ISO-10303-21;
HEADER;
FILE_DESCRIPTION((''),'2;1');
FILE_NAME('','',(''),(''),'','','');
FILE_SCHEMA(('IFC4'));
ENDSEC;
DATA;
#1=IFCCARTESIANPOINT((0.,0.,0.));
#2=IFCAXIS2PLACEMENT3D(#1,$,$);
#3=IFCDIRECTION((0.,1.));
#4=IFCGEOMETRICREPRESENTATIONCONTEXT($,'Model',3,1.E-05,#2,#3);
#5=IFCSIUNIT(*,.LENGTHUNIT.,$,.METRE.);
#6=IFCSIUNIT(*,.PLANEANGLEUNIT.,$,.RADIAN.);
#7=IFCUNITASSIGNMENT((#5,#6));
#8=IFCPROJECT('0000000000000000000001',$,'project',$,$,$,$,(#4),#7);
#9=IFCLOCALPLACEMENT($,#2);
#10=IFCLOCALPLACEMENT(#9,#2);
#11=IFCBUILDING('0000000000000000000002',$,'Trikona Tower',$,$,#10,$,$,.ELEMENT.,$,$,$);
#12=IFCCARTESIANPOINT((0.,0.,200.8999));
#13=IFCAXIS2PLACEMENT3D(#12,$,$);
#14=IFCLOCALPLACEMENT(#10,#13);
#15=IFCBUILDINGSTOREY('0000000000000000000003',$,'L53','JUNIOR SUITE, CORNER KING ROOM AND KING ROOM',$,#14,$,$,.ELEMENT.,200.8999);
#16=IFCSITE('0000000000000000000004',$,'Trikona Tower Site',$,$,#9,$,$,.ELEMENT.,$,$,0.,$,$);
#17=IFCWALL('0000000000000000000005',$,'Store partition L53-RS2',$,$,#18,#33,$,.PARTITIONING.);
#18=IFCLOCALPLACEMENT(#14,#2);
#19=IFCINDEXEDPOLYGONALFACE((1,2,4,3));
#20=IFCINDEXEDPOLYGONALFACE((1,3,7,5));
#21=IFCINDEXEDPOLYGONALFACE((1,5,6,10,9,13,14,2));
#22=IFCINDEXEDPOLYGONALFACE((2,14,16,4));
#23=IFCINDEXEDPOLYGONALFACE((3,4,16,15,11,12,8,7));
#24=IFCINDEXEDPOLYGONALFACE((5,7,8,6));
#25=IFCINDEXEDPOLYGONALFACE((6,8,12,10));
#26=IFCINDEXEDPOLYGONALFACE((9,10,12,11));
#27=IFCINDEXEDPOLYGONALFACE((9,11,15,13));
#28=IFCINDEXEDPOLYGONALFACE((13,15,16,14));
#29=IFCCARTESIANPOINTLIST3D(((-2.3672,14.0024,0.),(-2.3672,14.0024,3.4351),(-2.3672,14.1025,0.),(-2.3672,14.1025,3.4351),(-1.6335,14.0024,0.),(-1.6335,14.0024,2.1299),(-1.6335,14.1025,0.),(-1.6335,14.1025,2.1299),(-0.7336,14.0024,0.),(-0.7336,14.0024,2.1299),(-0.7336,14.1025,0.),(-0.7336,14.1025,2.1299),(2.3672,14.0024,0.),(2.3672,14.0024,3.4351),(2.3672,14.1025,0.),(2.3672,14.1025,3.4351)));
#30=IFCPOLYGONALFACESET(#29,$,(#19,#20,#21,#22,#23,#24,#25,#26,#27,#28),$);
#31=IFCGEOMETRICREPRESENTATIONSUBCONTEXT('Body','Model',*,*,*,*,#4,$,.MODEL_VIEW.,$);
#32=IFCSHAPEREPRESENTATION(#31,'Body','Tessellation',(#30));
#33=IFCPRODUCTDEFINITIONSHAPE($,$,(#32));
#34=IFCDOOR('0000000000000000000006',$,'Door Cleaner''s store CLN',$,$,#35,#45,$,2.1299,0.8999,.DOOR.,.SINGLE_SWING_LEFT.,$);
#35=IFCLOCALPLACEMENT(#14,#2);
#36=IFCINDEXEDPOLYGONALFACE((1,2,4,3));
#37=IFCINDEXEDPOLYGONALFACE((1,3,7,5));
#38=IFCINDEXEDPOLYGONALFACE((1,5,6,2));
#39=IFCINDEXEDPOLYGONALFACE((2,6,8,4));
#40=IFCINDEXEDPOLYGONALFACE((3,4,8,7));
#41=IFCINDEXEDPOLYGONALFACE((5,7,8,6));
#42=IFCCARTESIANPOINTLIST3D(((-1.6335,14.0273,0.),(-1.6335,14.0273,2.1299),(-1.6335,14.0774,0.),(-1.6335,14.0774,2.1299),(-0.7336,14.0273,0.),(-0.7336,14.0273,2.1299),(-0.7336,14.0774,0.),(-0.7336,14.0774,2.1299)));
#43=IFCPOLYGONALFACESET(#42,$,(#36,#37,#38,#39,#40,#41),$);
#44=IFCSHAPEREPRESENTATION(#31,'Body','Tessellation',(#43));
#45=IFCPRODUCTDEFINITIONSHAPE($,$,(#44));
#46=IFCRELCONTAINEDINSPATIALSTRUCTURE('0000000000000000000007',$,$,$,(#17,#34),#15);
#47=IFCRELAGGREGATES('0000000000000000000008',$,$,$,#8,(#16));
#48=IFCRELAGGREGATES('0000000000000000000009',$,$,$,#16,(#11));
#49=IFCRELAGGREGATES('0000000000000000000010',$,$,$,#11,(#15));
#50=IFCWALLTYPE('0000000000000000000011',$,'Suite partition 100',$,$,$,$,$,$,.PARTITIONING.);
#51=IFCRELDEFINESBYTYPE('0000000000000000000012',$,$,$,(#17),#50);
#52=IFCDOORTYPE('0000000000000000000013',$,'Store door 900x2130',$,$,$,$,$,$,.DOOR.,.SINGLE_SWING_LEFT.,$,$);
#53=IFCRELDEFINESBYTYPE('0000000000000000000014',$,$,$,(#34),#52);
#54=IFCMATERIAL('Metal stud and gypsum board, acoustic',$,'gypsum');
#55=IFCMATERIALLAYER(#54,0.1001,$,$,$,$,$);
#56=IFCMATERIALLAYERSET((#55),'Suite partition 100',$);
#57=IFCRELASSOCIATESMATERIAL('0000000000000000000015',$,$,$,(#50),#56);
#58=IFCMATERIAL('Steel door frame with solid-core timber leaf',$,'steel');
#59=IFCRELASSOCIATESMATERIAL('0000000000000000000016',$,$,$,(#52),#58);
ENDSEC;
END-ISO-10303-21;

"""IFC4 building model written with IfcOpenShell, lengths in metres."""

from ifc_helpers import new_model, si_unit, direction, frame, frame_2d, origin, place, context, subcontext, project, spatial, rectangle, extrude, material, layer, layer_set, type_object, element, fill, save


model = new_model("IFC4")

# Units and contexts
model_context = context("Model", 3, precision=1e-05, world=origin(), true_north=direction((0.0, 1.0)))
body_context = subcontext(model_context, "Body", "Model", "MODEL_VIEW")
ifc_project = project(units=[si_unit("LENGTHUNIT", "METRE"), si_unit("PLANEANGLEUNIT", "RADIAN")], contexts=[model_context])

# Site, building, storey
site_placement = place(None, origin())
site = spatial("IfcSite", under=ifc_project, at=site_placement, Name="Trikona Tower Site", CompositionType="ELEMENT", RefElevation=0.0)
building_placement = place(site_placement, origin())
building = spatial("IfcBuilding", under=site, at=building_placement, Name="Trikona Tower", CompositionType="ELEMENT")
storey_placement = place(building_placement, frame((0.0, 0.0, 200.8999)))
storey = spatial("IfcBuildingStorey", under=building, at=storey_placement, Name="L53", Description="JUNIOR SUITE, CORNER KING ROOM AND KING ROOM", CompositionType="ELEMENT", Elevation=200.8999)

# Wall, opening, door
ifc_material_1 = material(Name="Metal stud and gypsum board, acoustic", Category="gypsum")
ifc_layer_1 = layer(ifc_material_1, 0.1001)
ifc_layer_set_1 = layer_set([ifc_layer_1], Name="Suite partition 100")
wall_type_1 = type_object("IfcWallType", Name="Suite partition 100", PredefinedType="PARTITIONING", material=ifc_layer_set_1)
wall_1_placement = place(storey_placement, frame((-2.3672, 14.0525, 0.0), z_axis=(0.0, 0.0, 1.0), x_axis=(1.0, 0.0, 0.0)))
wall_1 = element("IfcWall", 1, at=wall_1_placement, inside=storey, type_object=wall_type_1, Name="Store partition L53-RS2", PredefinedType="PARTITIONING", context=body_context, shape_type="SweptSolid", body=[
    extrude(rectangle(XDim=4.7344, YDim=0.1001, at=frame_2d((2.3672, 0.0))), origin(), (0.0, 0.0, 1.0), 3.4351),
])
opening_1_placement = place(wall_1_placement, frame((0.7336, 0.0, 0.0)))
opening_1 = element("IfcOpeningElement", 2, at=opening_1_placement, cuts=wall_1, PredefinedType="OPENING", context=body_context, shape_type="SweptSolid", body=[
    extrude(rectangle(XDim=0.8999, YDim=2.1299, at=frame_2d((0.45, 1.0649))), frame((0.0, 0.0601, 0.0), z_axis=(0.0, -1.0, 0.0), x_axis=(1.0, 0.0, 0.0)), (0.0, 0.0, 1.0), 0.1201),
])
ifc_material_2 = material(Name="Steel door frame with solid-core timber leaf", Category="steel")
door_type_1 = type_object("IfcDoorType", Name="Store door 900x2130", OperationType="SINGLE_SWING_LEFT", PredefinedType="DOOR", material=ifc_material_2)
door_1_placement = place(opening_1_placement, origin())
door_1 = element("IfcDoor", 3, at=door_1_placement, inside=storey, type_object=door_type_1, Name="Door Cleaner's store CLN", OperationType="SINGLE_SWING_LEFT", OverallHeight=2.1299, OverallWidth=0.8999, PredefinedType="DOOR", context=body_context, shape_type="SweptSolid", body=[
    extrude(rectangle(XDim=0.8999, YDim=2.1299, at=frame_2d((0.45, 1.0649))), frame((0.0, 0.0249, 0.0), z_axis=(0.0, -1.0, 0.0), x_axis=(1.0, 0.0, 0.0)), (0.0, 0.0, 1.0), 0.05),
])
fill(opening_1, door_1)

save(model, "model.ifc")
